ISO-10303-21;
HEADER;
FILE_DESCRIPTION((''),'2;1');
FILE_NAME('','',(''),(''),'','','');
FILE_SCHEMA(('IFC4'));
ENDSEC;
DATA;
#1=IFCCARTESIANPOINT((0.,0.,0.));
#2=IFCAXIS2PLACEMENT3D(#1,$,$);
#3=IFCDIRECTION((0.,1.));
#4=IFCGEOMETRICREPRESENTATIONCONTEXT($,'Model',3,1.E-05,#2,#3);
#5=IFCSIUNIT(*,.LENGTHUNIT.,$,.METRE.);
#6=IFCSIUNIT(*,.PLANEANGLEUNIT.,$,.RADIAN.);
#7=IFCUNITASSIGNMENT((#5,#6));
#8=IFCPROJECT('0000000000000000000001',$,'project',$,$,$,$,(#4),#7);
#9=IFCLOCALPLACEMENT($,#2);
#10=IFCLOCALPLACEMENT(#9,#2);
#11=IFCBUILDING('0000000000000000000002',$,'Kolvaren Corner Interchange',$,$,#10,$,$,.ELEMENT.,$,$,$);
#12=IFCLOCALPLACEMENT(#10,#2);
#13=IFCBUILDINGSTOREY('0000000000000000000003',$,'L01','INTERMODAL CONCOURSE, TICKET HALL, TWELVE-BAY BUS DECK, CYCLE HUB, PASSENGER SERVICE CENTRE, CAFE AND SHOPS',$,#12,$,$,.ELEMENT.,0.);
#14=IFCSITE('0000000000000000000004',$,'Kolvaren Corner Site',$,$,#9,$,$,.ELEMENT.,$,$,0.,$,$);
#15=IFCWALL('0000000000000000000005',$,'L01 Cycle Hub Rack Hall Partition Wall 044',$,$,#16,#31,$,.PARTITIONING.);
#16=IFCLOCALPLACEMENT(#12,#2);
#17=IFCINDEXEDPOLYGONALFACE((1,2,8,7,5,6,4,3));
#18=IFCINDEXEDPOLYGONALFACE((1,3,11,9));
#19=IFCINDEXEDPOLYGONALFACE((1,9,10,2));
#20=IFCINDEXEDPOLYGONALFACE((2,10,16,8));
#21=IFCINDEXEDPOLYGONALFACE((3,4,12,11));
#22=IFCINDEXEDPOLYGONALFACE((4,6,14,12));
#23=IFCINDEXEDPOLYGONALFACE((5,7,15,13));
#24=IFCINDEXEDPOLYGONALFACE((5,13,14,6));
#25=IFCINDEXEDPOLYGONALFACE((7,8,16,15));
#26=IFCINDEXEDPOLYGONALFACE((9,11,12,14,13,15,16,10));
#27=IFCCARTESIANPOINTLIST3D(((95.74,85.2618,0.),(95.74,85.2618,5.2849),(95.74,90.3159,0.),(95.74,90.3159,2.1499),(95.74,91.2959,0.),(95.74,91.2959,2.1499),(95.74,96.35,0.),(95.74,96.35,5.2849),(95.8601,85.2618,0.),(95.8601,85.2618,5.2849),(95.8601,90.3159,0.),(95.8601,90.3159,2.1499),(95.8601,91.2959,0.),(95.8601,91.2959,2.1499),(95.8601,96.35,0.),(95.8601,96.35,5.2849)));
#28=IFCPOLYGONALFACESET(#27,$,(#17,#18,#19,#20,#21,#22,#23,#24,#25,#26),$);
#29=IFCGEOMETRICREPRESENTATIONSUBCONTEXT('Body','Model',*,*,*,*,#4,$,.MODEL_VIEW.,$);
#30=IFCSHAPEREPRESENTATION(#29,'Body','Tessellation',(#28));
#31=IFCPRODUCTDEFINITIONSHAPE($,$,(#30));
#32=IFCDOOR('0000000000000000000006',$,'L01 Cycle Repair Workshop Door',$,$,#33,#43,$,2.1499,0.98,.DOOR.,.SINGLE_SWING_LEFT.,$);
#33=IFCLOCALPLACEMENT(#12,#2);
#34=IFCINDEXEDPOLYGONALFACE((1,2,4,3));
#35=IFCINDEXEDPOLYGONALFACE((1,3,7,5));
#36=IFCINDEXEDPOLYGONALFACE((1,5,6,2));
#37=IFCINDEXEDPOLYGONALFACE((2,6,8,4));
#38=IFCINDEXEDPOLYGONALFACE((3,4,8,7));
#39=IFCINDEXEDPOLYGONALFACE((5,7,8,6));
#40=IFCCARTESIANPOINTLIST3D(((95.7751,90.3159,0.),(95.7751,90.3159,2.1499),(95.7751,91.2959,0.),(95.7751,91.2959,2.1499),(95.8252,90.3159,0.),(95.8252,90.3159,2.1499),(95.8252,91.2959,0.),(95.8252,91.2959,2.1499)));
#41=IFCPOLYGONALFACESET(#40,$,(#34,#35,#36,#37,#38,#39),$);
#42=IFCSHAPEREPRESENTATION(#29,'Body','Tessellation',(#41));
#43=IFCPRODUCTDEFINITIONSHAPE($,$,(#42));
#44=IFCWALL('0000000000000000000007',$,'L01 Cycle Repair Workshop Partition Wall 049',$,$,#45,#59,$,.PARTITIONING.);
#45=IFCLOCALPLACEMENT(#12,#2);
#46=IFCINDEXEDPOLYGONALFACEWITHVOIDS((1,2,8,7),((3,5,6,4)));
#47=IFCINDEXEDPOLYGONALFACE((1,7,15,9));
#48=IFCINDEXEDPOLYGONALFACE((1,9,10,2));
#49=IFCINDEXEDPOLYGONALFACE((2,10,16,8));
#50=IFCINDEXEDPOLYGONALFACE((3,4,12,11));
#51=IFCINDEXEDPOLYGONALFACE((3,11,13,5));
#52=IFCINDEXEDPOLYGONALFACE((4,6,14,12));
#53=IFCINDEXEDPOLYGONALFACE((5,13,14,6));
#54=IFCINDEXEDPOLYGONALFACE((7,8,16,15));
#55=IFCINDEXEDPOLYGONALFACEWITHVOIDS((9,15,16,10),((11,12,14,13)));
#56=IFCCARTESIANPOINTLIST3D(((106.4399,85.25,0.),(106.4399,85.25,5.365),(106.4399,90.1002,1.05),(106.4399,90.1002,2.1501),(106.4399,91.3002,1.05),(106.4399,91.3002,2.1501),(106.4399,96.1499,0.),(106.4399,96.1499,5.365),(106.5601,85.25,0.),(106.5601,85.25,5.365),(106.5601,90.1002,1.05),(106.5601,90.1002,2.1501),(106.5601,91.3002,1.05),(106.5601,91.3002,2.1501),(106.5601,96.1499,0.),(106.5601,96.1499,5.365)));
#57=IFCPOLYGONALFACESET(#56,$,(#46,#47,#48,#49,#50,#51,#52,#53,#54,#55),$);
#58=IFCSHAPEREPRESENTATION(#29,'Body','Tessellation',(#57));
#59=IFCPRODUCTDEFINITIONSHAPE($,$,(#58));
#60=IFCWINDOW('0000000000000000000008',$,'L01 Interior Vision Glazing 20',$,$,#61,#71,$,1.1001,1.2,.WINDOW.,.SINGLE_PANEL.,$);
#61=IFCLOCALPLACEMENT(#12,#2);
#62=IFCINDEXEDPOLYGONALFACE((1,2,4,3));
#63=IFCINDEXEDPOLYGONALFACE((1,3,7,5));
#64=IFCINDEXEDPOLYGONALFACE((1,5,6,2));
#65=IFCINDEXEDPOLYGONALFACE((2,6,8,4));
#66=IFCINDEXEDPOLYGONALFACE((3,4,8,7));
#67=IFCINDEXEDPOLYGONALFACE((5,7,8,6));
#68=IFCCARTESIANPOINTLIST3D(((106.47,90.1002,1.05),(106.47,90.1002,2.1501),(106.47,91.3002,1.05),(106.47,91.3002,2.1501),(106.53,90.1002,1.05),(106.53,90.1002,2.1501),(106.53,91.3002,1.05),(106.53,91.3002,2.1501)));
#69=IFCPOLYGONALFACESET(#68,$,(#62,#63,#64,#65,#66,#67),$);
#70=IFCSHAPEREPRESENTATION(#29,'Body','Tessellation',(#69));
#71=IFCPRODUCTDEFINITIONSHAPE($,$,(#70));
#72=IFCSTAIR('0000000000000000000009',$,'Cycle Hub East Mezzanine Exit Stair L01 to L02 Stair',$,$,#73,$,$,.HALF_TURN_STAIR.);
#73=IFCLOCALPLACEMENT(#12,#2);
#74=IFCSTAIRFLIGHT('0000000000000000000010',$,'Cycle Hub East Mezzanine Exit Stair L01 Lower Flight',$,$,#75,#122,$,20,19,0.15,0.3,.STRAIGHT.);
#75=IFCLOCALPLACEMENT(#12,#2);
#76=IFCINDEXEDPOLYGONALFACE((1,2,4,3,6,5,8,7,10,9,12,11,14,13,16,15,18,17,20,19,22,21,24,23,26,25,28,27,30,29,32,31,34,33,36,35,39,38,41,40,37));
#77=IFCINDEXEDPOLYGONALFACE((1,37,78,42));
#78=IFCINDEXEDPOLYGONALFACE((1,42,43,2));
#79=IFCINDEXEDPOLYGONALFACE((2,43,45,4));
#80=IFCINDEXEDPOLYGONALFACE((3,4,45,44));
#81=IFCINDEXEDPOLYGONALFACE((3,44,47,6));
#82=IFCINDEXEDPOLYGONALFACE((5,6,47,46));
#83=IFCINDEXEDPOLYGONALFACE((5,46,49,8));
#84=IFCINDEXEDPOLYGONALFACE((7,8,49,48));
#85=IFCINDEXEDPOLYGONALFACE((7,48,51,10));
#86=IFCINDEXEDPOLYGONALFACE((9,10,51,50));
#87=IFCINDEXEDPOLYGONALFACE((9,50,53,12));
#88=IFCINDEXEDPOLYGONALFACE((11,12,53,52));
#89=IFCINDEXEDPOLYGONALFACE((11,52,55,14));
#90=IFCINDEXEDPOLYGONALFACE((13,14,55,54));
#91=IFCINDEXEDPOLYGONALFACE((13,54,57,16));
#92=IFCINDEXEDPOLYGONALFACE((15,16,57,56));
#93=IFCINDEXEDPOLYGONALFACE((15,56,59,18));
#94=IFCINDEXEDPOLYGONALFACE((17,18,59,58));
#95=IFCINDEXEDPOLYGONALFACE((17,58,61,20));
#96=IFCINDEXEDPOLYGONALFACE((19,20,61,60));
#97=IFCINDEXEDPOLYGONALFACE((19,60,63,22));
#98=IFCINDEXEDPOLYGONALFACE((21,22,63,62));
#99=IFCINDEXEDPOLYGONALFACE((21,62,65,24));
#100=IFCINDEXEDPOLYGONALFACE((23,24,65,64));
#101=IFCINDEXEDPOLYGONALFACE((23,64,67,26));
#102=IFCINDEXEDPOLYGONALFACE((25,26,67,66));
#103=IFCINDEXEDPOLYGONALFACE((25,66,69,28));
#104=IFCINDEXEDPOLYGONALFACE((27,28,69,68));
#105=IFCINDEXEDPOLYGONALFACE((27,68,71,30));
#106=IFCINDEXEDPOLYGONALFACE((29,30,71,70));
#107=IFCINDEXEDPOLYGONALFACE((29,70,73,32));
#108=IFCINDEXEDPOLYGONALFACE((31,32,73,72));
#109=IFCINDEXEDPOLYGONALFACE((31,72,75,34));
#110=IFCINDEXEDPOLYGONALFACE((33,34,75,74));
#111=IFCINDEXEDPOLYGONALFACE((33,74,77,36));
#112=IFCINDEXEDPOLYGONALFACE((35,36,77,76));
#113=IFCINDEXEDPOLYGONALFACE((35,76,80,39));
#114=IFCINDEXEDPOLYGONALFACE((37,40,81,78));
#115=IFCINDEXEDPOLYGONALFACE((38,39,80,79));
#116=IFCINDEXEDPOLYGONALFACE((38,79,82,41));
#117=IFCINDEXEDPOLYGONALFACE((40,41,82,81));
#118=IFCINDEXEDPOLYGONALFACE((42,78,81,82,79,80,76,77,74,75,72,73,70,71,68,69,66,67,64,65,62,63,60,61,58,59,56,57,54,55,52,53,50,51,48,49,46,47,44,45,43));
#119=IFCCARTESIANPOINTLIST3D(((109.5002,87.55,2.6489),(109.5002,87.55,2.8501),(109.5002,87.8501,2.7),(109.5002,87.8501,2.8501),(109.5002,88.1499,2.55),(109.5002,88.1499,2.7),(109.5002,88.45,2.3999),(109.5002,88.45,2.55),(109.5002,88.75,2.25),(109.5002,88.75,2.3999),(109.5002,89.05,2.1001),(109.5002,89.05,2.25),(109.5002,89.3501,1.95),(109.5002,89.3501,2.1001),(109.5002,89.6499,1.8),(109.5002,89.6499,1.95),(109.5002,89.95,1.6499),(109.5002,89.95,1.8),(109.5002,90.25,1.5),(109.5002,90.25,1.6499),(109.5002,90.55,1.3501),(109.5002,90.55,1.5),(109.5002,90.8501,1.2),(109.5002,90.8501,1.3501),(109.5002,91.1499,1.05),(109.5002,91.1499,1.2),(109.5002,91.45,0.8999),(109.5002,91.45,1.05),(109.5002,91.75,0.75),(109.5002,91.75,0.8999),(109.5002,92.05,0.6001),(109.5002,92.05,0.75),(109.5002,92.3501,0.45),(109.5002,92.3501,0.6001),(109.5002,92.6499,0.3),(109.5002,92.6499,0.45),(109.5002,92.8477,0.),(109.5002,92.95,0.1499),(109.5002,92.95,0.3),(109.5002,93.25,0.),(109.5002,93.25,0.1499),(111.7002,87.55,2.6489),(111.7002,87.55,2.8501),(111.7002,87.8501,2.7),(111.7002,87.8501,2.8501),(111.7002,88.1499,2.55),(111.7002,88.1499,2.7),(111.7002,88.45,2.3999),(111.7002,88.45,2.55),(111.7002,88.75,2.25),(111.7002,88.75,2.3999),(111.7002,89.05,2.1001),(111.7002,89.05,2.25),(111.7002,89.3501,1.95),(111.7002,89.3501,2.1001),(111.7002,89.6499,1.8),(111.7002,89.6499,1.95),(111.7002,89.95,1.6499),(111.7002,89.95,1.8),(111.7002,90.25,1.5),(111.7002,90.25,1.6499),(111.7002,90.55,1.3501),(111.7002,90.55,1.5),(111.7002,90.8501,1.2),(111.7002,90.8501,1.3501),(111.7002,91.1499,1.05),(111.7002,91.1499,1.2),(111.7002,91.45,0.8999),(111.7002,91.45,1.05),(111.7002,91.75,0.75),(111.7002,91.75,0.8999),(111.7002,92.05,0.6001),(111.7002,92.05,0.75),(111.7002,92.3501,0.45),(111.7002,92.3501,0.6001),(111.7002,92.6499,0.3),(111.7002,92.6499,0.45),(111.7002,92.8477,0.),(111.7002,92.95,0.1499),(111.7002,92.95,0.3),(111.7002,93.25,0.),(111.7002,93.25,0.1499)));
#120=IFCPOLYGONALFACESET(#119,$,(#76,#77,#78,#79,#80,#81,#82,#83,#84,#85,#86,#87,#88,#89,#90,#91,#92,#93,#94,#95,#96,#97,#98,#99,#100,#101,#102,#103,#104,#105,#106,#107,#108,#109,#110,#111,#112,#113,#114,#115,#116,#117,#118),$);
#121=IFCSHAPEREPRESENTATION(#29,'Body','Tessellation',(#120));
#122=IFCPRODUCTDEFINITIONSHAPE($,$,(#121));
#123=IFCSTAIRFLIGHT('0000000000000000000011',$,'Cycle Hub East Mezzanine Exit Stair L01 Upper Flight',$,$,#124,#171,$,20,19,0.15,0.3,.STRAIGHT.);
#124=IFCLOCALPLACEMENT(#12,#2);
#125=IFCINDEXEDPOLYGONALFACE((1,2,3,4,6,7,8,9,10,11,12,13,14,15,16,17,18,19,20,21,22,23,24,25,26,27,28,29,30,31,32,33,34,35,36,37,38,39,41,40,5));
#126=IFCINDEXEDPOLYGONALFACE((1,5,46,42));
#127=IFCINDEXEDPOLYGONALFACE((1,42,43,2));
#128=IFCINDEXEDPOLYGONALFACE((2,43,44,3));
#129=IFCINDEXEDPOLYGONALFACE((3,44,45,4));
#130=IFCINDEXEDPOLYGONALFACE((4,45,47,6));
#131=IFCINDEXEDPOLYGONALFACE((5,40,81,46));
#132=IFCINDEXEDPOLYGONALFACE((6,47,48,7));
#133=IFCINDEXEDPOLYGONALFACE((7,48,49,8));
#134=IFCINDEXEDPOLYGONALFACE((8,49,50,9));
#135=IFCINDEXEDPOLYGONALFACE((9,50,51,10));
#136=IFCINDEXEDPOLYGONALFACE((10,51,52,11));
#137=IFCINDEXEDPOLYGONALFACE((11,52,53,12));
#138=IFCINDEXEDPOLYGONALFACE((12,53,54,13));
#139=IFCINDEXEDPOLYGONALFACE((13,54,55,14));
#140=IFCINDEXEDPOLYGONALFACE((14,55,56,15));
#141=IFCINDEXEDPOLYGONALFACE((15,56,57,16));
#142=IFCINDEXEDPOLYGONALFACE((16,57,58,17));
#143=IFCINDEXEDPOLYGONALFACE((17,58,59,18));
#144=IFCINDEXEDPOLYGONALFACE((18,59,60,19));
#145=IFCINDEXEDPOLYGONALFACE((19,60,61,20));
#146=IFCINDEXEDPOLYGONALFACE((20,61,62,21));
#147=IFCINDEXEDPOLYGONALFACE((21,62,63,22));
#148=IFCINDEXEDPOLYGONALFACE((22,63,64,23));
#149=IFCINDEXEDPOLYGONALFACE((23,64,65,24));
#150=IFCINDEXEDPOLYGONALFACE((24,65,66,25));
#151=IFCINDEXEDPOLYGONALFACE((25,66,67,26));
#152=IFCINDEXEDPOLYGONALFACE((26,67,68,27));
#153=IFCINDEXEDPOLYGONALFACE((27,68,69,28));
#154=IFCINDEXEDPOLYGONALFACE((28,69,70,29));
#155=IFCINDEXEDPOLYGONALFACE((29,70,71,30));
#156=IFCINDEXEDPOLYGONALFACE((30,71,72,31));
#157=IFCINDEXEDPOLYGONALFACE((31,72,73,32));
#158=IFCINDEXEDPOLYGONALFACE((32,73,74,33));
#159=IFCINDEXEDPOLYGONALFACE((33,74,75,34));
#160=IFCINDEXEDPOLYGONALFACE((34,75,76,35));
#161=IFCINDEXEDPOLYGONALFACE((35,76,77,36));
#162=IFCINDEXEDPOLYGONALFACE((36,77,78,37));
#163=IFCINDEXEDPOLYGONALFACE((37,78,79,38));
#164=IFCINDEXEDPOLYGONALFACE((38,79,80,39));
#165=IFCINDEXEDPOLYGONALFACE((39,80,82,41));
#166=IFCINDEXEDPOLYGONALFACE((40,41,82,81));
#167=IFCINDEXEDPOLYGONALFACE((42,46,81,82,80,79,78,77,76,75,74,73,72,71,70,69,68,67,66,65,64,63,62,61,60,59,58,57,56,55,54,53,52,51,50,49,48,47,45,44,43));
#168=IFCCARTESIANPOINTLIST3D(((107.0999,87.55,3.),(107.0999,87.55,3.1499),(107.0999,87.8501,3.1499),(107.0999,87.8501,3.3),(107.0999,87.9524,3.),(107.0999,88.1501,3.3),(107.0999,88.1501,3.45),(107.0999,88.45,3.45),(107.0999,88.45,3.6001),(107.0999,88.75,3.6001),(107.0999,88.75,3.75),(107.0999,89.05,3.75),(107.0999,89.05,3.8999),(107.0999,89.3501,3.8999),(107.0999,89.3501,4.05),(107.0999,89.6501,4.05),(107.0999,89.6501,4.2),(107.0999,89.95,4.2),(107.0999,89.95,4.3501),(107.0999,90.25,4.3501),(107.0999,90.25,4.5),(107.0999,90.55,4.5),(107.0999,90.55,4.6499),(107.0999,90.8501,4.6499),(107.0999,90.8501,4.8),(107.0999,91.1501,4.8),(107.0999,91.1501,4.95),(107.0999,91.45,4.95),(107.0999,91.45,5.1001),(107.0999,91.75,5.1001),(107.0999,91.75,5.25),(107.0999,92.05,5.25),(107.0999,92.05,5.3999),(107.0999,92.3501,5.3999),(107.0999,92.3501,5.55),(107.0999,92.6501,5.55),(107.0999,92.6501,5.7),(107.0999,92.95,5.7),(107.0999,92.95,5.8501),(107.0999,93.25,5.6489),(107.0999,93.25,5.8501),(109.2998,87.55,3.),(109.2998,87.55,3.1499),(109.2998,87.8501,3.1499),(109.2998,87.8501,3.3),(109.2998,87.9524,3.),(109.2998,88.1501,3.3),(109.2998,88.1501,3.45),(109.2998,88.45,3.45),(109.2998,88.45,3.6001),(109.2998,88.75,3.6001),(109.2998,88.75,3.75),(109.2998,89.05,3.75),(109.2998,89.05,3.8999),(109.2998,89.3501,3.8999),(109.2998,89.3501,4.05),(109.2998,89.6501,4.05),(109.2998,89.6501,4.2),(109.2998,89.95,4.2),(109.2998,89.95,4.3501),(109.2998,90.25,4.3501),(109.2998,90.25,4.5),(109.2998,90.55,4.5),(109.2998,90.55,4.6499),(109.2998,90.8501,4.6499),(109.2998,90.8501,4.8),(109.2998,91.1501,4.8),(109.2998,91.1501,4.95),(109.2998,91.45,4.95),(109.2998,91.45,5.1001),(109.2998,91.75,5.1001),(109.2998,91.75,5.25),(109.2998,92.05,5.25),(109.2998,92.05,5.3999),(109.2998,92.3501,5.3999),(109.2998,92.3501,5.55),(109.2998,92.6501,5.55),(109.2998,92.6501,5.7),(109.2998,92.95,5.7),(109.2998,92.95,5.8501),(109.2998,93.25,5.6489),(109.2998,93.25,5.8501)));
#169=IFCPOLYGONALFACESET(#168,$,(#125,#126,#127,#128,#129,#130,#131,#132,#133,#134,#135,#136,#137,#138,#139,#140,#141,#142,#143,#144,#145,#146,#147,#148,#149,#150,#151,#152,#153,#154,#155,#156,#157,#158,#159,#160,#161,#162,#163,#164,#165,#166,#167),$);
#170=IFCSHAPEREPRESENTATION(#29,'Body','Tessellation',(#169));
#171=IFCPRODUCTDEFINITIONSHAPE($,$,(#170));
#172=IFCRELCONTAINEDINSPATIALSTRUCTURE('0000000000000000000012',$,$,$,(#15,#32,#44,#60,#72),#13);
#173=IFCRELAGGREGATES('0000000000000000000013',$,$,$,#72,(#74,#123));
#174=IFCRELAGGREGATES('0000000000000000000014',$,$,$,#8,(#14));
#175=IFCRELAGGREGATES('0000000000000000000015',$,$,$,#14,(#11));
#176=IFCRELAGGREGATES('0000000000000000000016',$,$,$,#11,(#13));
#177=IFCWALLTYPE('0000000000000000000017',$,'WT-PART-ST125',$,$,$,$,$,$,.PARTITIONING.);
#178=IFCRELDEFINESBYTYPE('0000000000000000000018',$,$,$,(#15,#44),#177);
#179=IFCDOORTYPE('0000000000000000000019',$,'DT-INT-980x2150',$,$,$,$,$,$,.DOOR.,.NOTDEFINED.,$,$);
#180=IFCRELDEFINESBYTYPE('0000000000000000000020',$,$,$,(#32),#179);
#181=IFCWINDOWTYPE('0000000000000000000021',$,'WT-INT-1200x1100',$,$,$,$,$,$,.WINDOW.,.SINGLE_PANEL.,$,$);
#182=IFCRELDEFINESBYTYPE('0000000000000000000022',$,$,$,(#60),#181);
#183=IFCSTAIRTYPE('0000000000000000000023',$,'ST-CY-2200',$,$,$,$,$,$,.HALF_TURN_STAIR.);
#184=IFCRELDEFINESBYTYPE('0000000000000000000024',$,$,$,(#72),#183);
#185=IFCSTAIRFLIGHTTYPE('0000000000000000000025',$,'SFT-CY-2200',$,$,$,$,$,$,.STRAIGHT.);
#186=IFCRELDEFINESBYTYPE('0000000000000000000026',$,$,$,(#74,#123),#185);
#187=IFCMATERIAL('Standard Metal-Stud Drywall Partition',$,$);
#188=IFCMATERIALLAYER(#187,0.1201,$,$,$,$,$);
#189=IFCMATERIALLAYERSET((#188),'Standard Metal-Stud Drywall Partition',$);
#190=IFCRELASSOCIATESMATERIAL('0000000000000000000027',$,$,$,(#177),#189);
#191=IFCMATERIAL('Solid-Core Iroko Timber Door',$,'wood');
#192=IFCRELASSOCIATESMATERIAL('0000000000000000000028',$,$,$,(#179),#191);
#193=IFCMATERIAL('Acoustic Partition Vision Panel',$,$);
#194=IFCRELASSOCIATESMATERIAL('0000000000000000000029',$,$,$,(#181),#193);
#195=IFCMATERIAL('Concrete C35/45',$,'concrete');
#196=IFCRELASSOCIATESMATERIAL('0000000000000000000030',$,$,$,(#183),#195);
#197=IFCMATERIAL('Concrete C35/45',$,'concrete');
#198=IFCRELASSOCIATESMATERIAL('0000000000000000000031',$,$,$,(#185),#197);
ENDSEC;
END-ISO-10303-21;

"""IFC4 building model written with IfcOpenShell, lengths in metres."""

from ifc_helpers import new_model, si_unit, direction, frame, frame_2d, origin, place, context, subcontext, project, spatial, polyline, rectangle, outline, extrude, material, layer, layer_set, type_object, element, fill, aggregate, save


model = new_model("IFC4")

# Units and contexts
model_context = context("Model", 3, precision=1e-05, world=origin(), true_north=direction((0.0, 1.0)))
body_context = subcontext(model_context, "Body", "Model", "MODEL_VIEW")
ifc_project = project(units=[si_unit("LENGTHUNIT", "METRE"), si_unit("PLANEANGLEUNIT", "RADIAN")], contexts=[model_context])

# Site, building, storey
site_placement = place(None, origin())
site = spatial("IfcSite", under=ifc_project, at=site_placement, Name="Kolvaren Corner Site", CompositionType="ELEMENT", RefElevation=0.0)
building_placement = place(site_placement, origin())
building = spatial("IfcBuilding", under=site, at=building_placement, Name="Kolvaren Corner Interchange", CompositionType="ELEMENT")
storey_placement = place(building_placement, origin())
storey = spatial("IfcBuildingStorey", under=building, at=storey_placement, Name="L01", Description="INTERMODAL CONCOURSE, TICKET HALL, TWELVE-BAY BUS DECK, CYCLE HUB, PASSENGER SERVICE CENTRE, CAFE AND SHOPS", CompositionType="ELEMENT", Elevation=0.0)

# Wall, opening, door
ifc_material_1 = material(Name="Standard Metal-Stud Drywall Partition")
ifc_layer_1 = layer(ifc_material_1, 0.1201)
ifc_layer_set_1 = layer_set([ifc_layer_1], Name="Standard Metal-Stud Drywall Partition")
wall_type_1 = type_object("IfcWallType", Name="WT-PART-ST125", PredefinedType="PARTITIONING", material=ifc_layer_set_1)
wall_1_placement = place(storey_placement, frame((95.8, 85.262, 0.0), z_axis=(0.0, 0.0, 1.0), x_axis=(0.0, 1.0, 0.0)))
wall_1 = element("IfcWall", 1, at=wall_1_placement, inside=storey, type_object=wall_type_1, Name="L01 Cycle Hub Rack Hall Partition Wall 044", PredefinedType="PARTITIONING", context=body_context, shape_type="SweptSolid", body=[
    extrude(rectangle(XDim=11.0881, YDim=0.1201, at=frame_2d((5.5439, 0.0))), origin(), (0.0, 0.0, 1.0), 5.2849),
])
opening_1_placement = place(wall_1_placement, frame((5.054, 0.0, 0.0)))
opening_1 = element("IfcOpeningElement", 2, at=opening_1_placement, cuts=wall_1, PredefinedType="OPENING", context=body_context, shape_type="SweptSolid", body=[
    extrude(rectangle(XDim=0.98, YDim=2.1499, at=frame_2d((0.49, 1.075))), frame((0.0, 0.0701, 0.0), z_axis=(0.0, -1.0, 0.0), x_axis=(1.0, 0.0, 0.0)), (0.0, 0.0, 1.0), 0.1401),
])
ifc_material_2 = material(Name="Solid-Core Iroko Timber Door", Category="wood")
door_type = type_object("IfcDoorType", Name="DT-INT-980x2150", OperationType="NOTDEFINED", PredefinedType="DOOR", material=ifc_material_2)
door_placement = place(opening_1_placement, origin())
door = element("IfcDoor", 3, at=door_placement, inside=storey, type_object=door_type, Name="L01 Cycle Repair Workshop Door", OperationType="SINGLE_SWING_LEFT", OverallHeight=2.1499, OverallWidth=0.98, PredefinedType="DOOR", context=body_context, shape_type="SweptSolid", body=[
    extrude(rectangle(XDim=0.98, YDim=2.1499, at=frame_2d((0.49, 1.075))), frame((0.0, 0.0249, 0.0), z_axis=(0.0, -1.0, 0.0), x_axis=(1.0, 0.0, 0.0)), (0.0, 0.0, 1.0), 0.05),
])
fill(opening_1, door)

# Wall, opening, window
wall_2_placement = place(storey_placement, frame((106.5, 85.25, 0.0), z_axis=(0.0, 0.0, 1.0), x_axis=(0.0, 1.0, 0.0)))
wall_2 = element("IfcWall", 4, at=wall_2_placement, inside=storey, type_object=wall_type_1, Name="L01 Cycle Repair Workshop Partition Wall 049", PredefinedType="PARTITIONING", context=body_context, shape_type="SweptSolid", body=[
    extrude(rectangle(XDim=10.8999, YDim=0.1201, at=frame_2d((5.45, 0.0))), origin(), (0.0, 0.0, 1.0), 5.365),
])
opening_2_placement = place(wall_2_placement, frame((4.8501, 0.0, 1.05)))
opening_2 = element("IfcOpeningElement", 5, at=opening_2_placement, cuts=wall_2, PredefinedType="OPENING", context=body_context, shape_type="SweptSolid", body=[
    extrude(rectangle(XDim=1.2, YDim=1.1001, at=frame_2d((0.6001, 0.55))), frame((0.0, 0.0701, 0.0), z_axis=(0.0, -1.0, 0.0), x_axis=(1.0, 0.0, 0.0)), (0.0, 0.0, 1.0), 0.1401),
])
ifc_material_3 = material(Name="Acoustic Partition Vision Panel")
window_type = type_object("IfcWindowType", Name="WT-INT-1200x1100", PartitioningType="SINGLE_PANEL", PredefinedType="WINDOW", material=ifc_material_3)
window_placement = place(opening_2_placement, origin())
window = element("IfcWindow", 6, at=window_placement, inside=storey, type_object=window_type, Name="L01 Interior Vision Glazing 20", OverallHeight=1.1001, OverallWidth=1.2, PartitioningType="SINGLE_PANEL", PredefinedType="WINDOW", context=body_context, shape_type="SweptSolid", body=[
    extrude(rectangle(XDim=1.2, YDim=1.1001, at=frame_2d((0.6001, 0.55))), frame((0.0, 0.03, 0.0), z_axis=(0.0, -1.0, 0.0), x_axis=(1.0, 0.0, 0.0)), (0.0, 0.0, 1.0), 0.0601),
])
fill(opening_2, window)

# Stair, stair flights
ifc_material_4 = material(Name="Concrete C35/45", Category="concrete")
stair_type = type_object("IfcStairType", Name="ST-CY-2200", PredefinedType="HALF_TURN_STAIR", material=ifc_material_4)
stair_placement = place(storey_placement, origin())
stair = element("IfcStair", 7, at=stair_placement, inside=storey, type_object=stair_type, Name="Cycle Hub East Mezzanine Exit Stair L01 to L02 Stair", PredefinedType="HALF_TURN_STAIR")
ifc_material_5 = material(Name="Concrete C35/45", Category="concrete")
stair_flight_type = type_object("IfcStairFlightType", Name="SFT-CY-2200", PredefinedType="STRAIGHT", material=ifc_material_5)
stair_flight_1_placement = place(storey_placement, frame((110.6001, 93.25, 0.0), z_axis=(0.0, 0.0, 1.0), x_axis=(0.0, -1.0, 0.0)))
stair_flight_1 = element("IfcStairFlight", 8, at=stair_flight_1_placement, type_object=stair_flight_type, Name="Cycle Hub East Mezzanine Exit Stair L01 Lower Flight", NumberOfRisers=20, NumberOfTreads=19, PredefinedType="STRAIGHT", RiserHeight=0.15, TreadLength=0.3, context=body_context, shape_type="SweptSolid", body=[
    extrude(outline(polyline([(0.0, 0.0), (0.0, 0.1499), (0.3, 0.1499), (0.3, 0.3), (0.6001, 0.3), (0.6001, 0.45), (0.8999, 0.45), (0.8999, 0.6001), (1.2, 0.6001), (1.2, 0.75), (1.5, 0.75), (1.5, 0.8999), (1.8, 0.8999), (1.8, 1.05), (2.1001, 1.05), (2.1001, 1.2), (2.3999, 1.2), (2.3999, 1.3501), (2.7, 1.3501), (2.7, 1.5), (3.0, 1.5), (3.0, 1.6499), (3.3, 1.6499), (3.3, 1.8), (3.6001, 1.8), (3.6001, 1.95), (3.8999, 1.95), (3.8999, 2.1001), (4.2, 2.1001), (4.2, 2.25), (4.5, 2.25), (4.5, 2.3999), (4.8, 2.3999), (4.8, 2.55), (5.1001, 2.55), (5.1001, 2.7), (5.3999, 2.7), (5.3999, 2.8501), (5.7, 2.8501), (5.7, 3.0), (5.7, 2.6489), (0.4023, 0.0), (0.0, 0.0)])), frame((0.0, 1.1001, 0.0), z_axis=(0.0, -1.0, 0.0), x_axis=(1.0, 0.0, 0.0)), (0.0, 0.0, 1.0), 2.2),
])
stair_flight_2_placement = place(storey_placement, frame((108.2, 87.55, 3.0), z_axis=(0.0, 0.0, 1.0), x_axis=(0.0, 1.0, 0.0)))
stair_flight_2 = element("IfcStairFlight", 9, at=stair_flight_2_placement, type_object=stair_flight_type, Name="Cycle Hub East Mezzanine Exit Stair L01 Upper Flight", NumberOfRisers=20, NumberOfTreads=19, PredefinedType="STRAIGHT", RiserHeight=0.15, TreadLength=0.3, context=body_context, shape_type="SweptSolid", body=[
    extrude(outline(polyline([(0.0, 0.0), (0.0, 0.1499), (0.3, 0.1499), (0.3, 0.3), (0.6001, 0.3), (0.6001, 0.45), (0.8999, 0.45), (0.8999, 0.6001), (1.2, 0.6001), (1.2, 0.75), (1.5, 0.75), (1.5, 0.8999), (1.8, 0.8999), (1.8, 1.05), (2.1001, 1.05), (2.1001, 1.2), (2.3999, 1.2), (2.3999, 1.3501), (2.7, 1.3501), (2.7, 1.5), (3.0, 1.5), (3.0, 1.6499), (3.3, 1.6499), (3.3, 1.8), (3.6001, 1.8), (3.6001, 1.95), (3.8999, 1.95), (3.8999, 2.1001), (4.2, 2.1001), (4.2, 2.25), (4.5, 2.25), (4.5, 2.3999), (4.8, 2.3999), (4.8, 2.55), (5.1001, 2.55), (5.1001, 2.7), (5.3999, 2.7), (5.3999, 2.8501), (5.7, 2.8501), (5.7, 3.0), (5.7, 2.6489), (0.4023, 0.0), (0.0, 0.0)])), frame((0.0, 1.1001, 0.0), z_axis=(0.0, -1.0, 0.0), x_axis=(1.0, 0.0, 0.0)), (0.0, 0.0, 1.0), 2.2),
])
aggregate(stair, [stair_flight_1, stair_flight_2])

save(model, "model.ifc")
